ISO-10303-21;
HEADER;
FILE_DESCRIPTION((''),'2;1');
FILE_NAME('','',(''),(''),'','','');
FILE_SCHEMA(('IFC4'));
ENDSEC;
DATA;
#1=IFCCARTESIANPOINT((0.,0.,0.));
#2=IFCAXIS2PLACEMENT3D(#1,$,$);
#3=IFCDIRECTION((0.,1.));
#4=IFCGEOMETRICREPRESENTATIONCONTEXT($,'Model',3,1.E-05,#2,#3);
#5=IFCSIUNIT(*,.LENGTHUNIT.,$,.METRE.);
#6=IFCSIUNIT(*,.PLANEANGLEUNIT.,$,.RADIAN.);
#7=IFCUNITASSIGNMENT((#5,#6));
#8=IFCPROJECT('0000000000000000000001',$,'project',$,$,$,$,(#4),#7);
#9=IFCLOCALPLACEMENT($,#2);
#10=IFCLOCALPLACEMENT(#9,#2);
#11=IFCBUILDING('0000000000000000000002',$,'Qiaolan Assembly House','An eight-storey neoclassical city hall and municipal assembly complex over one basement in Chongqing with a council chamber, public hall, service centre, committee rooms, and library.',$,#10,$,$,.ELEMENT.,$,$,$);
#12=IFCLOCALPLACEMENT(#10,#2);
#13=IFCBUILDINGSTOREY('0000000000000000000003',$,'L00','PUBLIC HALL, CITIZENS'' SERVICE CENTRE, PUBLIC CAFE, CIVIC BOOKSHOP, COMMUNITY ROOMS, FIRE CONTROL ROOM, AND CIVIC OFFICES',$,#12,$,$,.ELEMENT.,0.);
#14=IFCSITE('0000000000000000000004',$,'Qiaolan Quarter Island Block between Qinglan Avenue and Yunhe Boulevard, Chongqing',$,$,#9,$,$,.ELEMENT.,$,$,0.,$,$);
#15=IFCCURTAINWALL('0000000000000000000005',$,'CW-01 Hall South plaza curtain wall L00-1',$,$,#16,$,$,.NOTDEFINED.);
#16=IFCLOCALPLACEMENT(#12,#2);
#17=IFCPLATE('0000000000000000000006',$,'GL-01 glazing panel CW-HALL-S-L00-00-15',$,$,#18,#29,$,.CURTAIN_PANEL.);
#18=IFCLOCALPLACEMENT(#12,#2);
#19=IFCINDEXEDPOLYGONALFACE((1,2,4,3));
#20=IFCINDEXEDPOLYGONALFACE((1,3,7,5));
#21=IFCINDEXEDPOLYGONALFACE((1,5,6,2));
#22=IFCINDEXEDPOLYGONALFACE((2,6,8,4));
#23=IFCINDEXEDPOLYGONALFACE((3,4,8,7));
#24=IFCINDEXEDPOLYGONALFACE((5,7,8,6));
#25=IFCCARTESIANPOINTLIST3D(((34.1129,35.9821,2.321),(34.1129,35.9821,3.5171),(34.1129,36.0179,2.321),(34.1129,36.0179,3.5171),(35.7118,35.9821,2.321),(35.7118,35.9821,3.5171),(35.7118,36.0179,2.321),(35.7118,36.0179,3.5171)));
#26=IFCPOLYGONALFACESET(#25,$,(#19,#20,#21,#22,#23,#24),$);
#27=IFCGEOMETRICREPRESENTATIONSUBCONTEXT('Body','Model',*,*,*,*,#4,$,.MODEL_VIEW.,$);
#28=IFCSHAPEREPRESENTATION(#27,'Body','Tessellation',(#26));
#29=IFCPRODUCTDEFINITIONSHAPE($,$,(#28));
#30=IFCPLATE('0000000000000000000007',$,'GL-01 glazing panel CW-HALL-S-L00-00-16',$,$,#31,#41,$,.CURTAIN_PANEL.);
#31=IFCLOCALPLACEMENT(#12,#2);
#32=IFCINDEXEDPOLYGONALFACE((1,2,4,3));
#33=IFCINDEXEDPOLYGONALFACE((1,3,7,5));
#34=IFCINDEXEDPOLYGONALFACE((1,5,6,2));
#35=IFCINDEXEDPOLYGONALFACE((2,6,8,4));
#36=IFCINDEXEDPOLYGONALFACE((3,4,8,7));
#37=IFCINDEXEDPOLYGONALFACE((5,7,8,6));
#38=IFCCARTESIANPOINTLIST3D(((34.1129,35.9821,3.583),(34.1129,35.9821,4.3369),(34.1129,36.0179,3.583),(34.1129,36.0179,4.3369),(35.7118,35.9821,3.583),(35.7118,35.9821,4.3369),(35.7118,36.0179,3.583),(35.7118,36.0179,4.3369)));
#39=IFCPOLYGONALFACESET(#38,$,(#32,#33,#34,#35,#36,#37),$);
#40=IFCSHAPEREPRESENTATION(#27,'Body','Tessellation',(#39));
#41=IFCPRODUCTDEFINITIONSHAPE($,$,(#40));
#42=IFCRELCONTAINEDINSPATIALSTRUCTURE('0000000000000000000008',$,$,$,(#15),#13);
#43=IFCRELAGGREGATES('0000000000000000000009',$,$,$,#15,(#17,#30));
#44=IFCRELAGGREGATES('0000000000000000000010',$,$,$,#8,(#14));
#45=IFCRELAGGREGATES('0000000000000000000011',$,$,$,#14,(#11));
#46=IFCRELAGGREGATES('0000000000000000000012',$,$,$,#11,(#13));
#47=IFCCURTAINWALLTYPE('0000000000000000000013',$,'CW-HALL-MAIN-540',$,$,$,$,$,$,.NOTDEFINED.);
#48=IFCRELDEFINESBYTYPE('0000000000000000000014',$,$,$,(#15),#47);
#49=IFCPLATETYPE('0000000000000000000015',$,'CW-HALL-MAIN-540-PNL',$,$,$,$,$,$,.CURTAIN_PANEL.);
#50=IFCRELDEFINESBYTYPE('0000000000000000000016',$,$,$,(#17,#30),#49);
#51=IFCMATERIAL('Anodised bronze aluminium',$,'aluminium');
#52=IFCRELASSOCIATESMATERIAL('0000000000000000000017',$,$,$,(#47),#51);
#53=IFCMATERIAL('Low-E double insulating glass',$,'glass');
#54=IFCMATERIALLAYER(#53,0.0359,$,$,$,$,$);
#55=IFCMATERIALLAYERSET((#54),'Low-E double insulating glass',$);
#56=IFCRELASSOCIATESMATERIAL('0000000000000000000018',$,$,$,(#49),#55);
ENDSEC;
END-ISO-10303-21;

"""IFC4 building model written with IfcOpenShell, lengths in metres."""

from ifc_helpers import new_model, si_unit, direction, frame, frame_2d, origin, place, context, subcontext, project, spatial, rectangle, extrude, material, layer, layer_set, type_object, element, aggregate, save


model = new_model("IFC4")

# Units and contexts
model_context = context("Model", 3, precision=1e-05, world=origin(), true_north=direction((0.0, 1.0)))
body_context = subcontext(model_context, "Body", "Model", "MODEL_VIEW")
ifc_project = project(units=[si_unit("LENGTHUNIT", "METRE"), si_unit("PLANEANGLEUNIT", "RADIAN")], contexts=[model_context])

# Site, building, storey
site_placement = place(None, origin())
site = spatial("IfcSite", under=ifc_project, at=site_placement, Name="Qiaolan Quarter Island Block between Qinglan Avenue and Yunhe Boulevard, Chongqing", CompositionType="ELEMENT", RefElevation=0.0)
building_placement = place(site_placement, origin())
building = spatial("IfcBuilding", under=site, at=building_placement, Name="Qiaolan Assembly House", Description="An eight-storey neoclassical city hall and municipal assembly complex over one basement in Chongqing with a council chamber, public hall, service centre, committee rooms, and library.", CompositionType="ELEMENT")
storey_placement = place(building_placement, origin())
storey = spatial("IfcBuildingStorey", under=building, at=storey_placement, Name="L00", Description="PUBLIC HALL, CITIZENS' SERVICE CENTRE, PUBLIC CAFE, CIVIC BOOKSHOP, COMMUNITY ROOMS, FIRE CONTROL ROOM, AND CIVIC OFFICES", CompositionType="ELEMENT", Elevation=0.0)

# Curtain wall, plates
ifc_material_1 = material(Name="Anodised bronze aluminium", Category="aluminium")
curtain_wall_type = type_object("IfcCurtainWallType", Name="CW-HALL-MAIN-540", PredefinedType="NOTDEFINED", material=ifc_material_1)
curtain_wall_placement = place(storey_placement, origin())
curtain_wall = element("IfcCurtainWall", 1, at=curtain_wall_placement, inside=storey, type_object=curtain_wall_type, Name="CW-01 Hall South plaza curtain wall L00-1", PredefinedType="NOTDEFINED")
ifc_material_2 = material(Name="Low-E double insulating glass", Category="glass")
ifc_layer_1 = layer(ifc_material_2, 0.0359)
ifc_layer_set_1 = layer_set([ifc_layer_1], Name="Low-E double insulating glass")
plate_type = type_object("IfcPlateType", Name="CW-HALL-MAIN-540-PNL", PredefinedType="CURTAIN_PANEL", material=ifc_layer_set_1)
plate_1_placement = place(storey_placement, frame((34.113, 36.0, 2.321), z_axis=(0.0, 0.0, 1.0), x_axis=(1.0, 0.0, 0.0)))
plate_1 = element("IfcPlate", 2, at=plate_1_placement, type_object=plate_type, Name="GL-01 glazing panel CW-HALL-S-L00-00-15", PredefinedType="CURTAIN_PANEL", context=body_context, shape_type="SweptSolid", body=[
    extrude(rectangle(XDim=1.5989, YDim=0.0359, at=frame_2d((0.7993, 0.0))), origin(), (0.0, 0.0, 1.0), 1.196),
])
plate_2_placement = place(storey_placement, frame((34.113, 36.0, 3.583), z_axis=(0.0, 0.0, 1.0), x_axis=(1.0, 0.0, 0.0)))
plate_2 = element("IfcPlate", 3, at=plate_2_placement, type_object=plate_type, Name="GL-01 glazing panel CW-HALL-S-L00-00-16", PredefinedType="CURTAIN_PANEL", context=body_context, shape_type="SweptSolid", body=[
    extrude(rectangle(XDim=1.5989, YDim=0.0359, at=frame_2d((0.7993, 0.0))), origin(), (0.0, 0.0, 1.0), 0.7539),
])
aggregate(curtain_wall, [plate_1, plate_2])

save(model, "model.ifc")
